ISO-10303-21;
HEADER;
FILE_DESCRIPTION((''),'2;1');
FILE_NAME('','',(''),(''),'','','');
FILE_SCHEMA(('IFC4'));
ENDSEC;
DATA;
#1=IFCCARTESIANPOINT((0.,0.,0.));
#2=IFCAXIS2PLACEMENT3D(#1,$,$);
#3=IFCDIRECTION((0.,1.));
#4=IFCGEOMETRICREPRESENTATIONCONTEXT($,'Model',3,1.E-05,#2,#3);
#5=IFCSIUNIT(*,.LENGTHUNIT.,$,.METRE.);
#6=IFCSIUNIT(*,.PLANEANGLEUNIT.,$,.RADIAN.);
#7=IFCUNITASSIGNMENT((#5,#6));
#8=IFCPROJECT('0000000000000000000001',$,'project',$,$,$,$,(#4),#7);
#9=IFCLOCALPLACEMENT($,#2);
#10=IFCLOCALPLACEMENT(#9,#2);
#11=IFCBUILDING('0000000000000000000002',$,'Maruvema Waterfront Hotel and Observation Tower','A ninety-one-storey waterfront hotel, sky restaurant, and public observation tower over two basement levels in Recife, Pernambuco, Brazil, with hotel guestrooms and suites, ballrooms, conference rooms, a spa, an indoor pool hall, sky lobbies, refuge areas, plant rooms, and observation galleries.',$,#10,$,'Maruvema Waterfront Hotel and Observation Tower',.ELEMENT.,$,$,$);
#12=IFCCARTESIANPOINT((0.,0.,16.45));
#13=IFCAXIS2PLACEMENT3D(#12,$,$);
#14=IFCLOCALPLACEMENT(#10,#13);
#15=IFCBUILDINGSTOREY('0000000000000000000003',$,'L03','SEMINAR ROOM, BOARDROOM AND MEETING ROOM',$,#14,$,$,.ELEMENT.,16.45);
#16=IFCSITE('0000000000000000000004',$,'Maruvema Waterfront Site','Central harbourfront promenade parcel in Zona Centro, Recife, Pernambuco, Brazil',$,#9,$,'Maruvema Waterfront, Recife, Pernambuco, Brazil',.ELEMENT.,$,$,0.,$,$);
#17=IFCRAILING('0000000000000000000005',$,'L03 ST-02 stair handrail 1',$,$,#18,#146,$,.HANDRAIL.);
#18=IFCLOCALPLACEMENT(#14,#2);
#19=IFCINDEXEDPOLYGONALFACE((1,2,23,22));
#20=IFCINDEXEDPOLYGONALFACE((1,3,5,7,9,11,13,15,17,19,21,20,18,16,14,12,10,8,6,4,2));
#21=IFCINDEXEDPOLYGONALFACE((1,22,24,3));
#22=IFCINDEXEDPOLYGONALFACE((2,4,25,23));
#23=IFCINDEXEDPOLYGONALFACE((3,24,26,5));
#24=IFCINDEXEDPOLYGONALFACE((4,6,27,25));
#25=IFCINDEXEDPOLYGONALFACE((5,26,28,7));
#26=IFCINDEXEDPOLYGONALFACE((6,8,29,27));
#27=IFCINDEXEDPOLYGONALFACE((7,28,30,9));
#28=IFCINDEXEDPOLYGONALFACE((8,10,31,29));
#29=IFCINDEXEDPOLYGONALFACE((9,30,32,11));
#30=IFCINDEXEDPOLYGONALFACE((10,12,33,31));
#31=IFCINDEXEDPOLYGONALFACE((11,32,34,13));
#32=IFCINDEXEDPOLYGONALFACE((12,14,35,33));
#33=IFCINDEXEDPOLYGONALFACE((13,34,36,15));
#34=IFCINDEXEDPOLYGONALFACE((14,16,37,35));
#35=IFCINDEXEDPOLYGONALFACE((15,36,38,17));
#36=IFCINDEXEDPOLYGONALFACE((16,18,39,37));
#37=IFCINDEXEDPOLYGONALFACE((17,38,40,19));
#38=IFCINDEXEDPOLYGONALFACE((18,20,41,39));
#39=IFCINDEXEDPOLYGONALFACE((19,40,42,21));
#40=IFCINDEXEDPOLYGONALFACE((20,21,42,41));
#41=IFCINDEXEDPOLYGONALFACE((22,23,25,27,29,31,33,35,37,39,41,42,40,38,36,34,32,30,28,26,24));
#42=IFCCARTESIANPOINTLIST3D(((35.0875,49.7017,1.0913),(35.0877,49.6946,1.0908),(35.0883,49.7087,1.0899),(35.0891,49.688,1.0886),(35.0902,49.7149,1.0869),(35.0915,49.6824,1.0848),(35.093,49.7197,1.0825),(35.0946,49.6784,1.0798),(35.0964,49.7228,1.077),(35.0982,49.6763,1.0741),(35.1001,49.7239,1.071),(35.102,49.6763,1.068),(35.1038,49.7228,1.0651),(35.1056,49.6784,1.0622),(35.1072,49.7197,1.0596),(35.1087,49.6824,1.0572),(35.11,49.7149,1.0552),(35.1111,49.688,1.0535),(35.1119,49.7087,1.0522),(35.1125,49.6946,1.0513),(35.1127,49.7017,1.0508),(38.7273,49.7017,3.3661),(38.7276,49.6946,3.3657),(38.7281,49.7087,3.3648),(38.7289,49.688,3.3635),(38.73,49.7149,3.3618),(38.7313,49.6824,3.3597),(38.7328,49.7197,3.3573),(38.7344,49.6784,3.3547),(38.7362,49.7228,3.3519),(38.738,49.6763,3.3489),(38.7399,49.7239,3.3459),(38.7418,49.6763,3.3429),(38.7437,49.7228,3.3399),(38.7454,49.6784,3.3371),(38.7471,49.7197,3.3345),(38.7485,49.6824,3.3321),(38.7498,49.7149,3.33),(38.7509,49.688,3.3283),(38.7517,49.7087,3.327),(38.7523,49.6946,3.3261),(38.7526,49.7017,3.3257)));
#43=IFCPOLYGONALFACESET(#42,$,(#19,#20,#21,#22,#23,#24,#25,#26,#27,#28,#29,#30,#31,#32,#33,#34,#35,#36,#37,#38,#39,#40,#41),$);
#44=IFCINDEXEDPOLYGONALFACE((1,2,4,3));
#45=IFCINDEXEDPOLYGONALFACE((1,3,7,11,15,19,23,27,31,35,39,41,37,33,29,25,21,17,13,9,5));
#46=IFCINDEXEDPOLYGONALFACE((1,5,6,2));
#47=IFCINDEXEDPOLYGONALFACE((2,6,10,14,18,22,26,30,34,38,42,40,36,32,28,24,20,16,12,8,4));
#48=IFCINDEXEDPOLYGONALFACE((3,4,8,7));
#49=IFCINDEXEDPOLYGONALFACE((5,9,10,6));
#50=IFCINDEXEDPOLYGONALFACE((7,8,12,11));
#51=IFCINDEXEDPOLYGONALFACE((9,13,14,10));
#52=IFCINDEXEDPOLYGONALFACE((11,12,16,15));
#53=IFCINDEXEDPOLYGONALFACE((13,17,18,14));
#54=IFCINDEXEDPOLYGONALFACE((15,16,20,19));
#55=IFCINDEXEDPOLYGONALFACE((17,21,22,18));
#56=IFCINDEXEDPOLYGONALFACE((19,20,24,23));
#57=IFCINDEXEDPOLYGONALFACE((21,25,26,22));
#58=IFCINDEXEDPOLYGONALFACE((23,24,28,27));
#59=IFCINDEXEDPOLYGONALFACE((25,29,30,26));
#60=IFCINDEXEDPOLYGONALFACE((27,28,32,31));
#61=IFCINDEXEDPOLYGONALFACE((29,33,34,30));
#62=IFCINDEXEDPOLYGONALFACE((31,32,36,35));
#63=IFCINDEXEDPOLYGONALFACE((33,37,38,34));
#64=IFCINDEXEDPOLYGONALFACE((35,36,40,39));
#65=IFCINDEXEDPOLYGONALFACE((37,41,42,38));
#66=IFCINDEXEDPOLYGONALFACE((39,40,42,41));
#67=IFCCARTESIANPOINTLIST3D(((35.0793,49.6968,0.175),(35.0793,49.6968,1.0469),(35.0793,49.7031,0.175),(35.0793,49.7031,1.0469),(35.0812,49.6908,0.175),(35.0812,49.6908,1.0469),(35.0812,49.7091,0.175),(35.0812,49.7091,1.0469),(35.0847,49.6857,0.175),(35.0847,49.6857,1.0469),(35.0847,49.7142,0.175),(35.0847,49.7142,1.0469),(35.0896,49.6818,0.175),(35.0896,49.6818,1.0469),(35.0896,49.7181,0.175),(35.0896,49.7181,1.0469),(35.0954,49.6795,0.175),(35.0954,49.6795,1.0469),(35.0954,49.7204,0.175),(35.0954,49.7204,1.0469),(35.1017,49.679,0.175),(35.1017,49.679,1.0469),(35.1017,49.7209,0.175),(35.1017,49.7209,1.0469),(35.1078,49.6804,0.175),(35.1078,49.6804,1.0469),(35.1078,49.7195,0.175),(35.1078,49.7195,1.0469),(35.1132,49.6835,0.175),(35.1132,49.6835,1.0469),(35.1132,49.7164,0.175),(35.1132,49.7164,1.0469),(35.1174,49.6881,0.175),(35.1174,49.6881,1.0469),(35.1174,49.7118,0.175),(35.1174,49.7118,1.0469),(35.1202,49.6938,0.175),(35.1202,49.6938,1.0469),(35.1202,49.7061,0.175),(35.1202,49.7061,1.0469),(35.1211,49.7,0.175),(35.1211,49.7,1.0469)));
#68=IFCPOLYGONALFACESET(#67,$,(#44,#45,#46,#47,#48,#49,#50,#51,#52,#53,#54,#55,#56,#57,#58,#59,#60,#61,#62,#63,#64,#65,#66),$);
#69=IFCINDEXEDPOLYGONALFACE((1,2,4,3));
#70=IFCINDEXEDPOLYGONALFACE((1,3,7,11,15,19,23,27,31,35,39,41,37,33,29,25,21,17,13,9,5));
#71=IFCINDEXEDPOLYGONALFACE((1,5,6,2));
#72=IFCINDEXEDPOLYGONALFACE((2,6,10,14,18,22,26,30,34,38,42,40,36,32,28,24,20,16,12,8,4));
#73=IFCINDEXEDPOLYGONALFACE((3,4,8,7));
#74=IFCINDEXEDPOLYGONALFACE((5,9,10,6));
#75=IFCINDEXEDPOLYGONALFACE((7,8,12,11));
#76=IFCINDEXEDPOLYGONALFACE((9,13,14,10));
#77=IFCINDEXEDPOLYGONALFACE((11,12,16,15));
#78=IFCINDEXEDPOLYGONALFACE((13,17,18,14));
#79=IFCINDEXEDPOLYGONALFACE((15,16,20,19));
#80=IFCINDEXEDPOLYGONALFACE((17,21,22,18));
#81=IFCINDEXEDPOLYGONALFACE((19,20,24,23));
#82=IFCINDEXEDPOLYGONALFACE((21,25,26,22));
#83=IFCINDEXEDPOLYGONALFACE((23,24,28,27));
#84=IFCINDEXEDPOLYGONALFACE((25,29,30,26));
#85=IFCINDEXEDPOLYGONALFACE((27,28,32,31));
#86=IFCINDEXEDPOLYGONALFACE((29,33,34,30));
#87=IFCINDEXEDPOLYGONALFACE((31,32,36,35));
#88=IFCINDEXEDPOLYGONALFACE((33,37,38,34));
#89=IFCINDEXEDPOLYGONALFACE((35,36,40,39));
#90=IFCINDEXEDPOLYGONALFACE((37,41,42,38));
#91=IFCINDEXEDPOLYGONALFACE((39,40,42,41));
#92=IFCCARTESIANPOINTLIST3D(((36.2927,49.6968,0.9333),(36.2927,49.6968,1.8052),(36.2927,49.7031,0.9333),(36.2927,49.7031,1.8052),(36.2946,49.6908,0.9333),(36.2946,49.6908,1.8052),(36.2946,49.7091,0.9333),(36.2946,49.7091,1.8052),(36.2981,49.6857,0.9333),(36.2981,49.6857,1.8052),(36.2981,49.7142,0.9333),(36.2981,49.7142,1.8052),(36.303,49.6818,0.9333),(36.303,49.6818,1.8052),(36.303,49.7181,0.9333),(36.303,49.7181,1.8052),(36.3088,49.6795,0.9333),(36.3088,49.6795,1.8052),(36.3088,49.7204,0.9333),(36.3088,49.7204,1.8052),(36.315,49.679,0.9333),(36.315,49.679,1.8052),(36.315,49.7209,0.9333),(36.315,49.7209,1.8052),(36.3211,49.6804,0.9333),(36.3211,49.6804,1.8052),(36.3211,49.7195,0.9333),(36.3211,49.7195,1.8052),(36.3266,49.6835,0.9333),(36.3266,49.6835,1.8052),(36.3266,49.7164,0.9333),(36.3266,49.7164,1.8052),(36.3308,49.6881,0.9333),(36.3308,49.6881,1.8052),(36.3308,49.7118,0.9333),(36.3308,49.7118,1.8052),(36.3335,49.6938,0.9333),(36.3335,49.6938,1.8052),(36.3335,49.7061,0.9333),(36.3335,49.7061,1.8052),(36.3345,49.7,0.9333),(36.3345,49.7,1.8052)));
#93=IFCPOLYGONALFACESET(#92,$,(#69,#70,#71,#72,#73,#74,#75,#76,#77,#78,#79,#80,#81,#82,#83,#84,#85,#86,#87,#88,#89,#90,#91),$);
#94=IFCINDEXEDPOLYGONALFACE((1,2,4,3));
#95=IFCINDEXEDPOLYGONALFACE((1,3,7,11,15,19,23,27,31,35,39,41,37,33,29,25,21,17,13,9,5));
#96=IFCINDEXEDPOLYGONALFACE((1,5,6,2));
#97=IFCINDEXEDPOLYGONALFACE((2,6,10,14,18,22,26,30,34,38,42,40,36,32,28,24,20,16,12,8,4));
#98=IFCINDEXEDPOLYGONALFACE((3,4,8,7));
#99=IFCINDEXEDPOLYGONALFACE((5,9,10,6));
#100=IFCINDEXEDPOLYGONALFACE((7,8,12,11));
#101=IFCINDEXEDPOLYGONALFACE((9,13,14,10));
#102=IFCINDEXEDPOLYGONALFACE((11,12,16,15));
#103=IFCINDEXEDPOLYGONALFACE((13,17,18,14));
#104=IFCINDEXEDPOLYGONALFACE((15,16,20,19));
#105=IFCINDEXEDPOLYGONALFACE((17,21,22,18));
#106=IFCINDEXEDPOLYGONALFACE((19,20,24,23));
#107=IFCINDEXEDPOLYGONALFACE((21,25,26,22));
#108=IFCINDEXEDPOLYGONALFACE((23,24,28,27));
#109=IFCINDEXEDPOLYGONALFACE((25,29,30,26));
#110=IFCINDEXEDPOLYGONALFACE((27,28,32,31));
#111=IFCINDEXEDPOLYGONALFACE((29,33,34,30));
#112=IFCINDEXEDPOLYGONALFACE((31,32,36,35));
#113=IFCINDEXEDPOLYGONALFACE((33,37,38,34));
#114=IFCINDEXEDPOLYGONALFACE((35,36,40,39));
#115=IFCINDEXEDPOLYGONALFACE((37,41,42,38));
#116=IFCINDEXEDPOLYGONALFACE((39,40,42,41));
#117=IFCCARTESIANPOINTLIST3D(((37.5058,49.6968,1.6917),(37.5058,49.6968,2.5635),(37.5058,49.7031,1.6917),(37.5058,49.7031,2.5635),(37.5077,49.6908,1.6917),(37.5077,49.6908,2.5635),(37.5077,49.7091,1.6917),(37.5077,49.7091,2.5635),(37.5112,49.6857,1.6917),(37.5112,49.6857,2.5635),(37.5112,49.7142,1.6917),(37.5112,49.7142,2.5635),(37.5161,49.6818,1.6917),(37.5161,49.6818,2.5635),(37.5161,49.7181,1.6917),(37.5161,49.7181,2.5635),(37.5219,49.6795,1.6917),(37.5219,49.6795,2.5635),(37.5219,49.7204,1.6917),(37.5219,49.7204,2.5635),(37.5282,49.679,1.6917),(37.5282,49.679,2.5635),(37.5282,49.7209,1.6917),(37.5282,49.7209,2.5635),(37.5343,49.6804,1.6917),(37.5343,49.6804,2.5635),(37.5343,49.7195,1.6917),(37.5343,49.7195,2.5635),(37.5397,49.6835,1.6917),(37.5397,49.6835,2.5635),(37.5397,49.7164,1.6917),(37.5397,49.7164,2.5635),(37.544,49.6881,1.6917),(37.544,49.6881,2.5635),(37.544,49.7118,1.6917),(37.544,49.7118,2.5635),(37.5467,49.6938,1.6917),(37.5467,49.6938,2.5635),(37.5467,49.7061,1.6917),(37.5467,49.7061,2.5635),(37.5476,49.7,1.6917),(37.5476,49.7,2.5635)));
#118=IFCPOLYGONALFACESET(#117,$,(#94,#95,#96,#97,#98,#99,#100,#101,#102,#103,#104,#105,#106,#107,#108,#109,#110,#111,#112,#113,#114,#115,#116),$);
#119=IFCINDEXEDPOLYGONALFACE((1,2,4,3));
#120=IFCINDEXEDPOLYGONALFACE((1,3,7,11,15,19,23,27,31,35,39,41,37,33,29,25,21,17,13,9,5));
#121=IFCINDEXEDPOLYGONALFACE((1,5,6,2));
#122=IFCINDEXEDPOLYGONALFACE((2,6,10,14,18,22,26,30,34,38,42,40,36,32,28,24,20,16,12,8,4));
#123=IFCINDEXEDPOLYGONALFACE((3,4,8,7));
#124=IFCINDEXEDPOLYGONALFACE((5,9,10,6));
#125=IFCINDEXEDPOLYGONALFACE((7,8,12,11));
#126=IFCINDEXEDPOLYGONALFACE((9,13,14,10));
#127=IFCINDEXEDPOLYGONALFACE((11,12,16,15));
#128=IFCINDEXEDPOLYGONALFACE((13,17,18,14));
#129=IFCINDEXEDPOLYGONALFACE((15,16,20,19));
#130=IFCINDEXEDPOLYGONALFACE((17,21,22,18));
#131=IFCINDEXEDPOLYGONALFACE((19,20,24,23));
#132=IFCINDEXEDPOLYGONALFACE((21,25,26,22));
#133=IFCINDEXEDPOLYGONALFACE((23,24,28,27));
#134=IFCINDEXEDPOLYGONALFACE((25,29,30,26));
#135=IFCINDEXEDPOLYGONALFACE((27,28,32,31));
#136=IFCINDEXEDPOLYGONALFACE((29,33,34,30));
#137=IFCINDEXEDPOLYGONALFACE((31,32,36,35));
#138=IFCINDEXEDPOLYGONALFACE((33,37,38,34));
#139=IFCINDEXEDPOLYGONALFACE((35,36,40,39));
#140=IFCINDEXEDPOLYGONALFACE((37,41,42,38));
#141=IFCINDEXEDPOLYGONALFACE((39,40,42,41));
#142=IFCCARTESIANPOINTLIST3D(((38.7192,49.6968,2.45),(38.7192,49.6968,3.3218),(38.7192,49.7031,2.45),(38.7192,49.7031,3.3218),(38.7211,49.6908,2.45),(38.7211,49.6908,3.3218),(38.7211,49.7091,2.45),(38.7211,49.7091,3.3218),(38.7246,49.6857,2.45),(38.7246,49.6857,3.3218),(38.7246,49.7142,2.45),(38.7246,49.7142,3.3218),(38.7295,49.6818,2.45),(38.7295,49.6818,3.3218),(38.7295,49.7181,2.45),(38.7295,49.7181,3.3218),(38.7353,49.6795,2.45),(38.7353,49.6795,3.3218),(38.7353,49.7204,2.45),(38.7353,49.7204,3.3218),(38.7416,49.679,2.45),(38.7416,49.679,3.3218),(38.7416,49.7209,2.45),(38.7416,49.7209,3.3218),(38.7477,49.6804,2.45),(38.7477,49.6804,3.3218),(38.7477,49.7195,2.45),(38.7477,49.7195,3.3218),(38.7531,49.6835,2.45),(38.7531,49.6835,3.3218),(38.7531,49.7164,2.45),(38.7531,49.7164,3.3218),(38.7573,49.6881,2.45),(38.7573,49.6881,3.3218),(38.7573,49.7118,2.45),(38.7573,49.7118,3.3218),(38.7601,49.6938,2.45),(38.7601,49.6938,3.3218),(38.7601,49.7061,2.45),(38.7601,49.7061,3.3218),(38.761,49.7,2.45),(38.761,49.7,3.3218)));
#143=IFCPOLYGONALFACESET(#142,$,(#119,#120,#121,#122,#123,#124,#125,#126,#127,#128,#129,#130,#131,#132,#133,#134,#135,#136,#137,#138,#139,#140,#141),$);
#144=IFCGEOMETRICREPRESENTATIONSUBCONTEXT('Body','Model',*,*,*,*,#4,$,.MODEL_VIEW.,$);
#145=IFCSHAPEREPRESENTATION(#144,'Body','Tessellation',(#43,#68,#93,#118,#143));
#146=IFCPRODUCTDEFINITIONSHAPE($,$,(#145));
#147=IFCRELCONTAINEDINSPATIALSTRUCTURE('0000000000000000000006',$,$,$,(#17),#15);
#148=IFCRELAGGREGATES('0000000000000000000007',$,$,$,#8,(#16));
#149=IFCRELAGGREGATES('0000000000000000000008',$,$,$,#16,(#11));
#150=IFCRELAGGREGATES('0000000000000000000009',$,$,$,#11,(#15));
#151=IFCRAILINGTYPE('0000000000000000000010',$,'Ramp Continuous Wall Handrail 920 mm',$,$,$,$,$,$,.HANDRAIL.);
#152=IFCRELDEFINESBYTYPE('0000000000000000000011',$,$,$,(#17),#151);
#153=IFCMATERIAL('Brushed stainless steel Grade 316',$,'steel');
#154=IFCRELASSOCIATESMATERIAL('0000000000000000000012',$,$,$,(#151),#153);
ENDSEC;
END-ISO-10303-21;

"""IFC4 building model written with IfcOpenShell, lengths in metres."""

from ifc_helpers import new_model, si_unit, direction, frame, origin, origin_2d, place, context, subcontext, project, spatial, circle, extrude, material, type_object, element, save


model = new_model("IFC4")

# Units and contexts
model_context = context("Model", 3, precision=1e-05, world=origin(), true_north=direction((0.0, 1.0)))
body_context = subcontext(model_context, "Body", "Model", "MODEL_VIEW")
ifc_project = project(units=[si_unit("LENGTHUNIT", "METRE"), si_unit("PLANEANGLEUNIT", "RADIAN")], contexts=[model_context])

# Site, building, storey
site_placement = place(None, origin())
site = spatial("IfcSite", under=ifc_project, at=site_placement, Name="Maruvema Waterfront Site", Description="Central harbourfront promenade parcel in Zona Centro, Recife, Pernambuco, Brazil", LongName="Maruvema Waterfront, Recife, Pernambuco, Brazil", CompositionType="ELEMENT", RefElevation=0.0)
building_placement = place(site_placement, origin())
building = spatial("IfcBuilding", under=site, at=building_placement, Name="Maruvema Waterfront Hotel and Observation Tower", Description="A ninety-one-storey waterfront hotel, sky restaurant, and public observation tower over two basement levels in Recife, Pernambuco, Brazil, with hotel guestrooms and suites, ballrooms, conference rooms, a spa, an indoor pool hall, sky lobbies, refuge areas, plant rooms, and observation galleries.", LongName="Maruvema Waterfront Hotel and Observation Tower", CompositionType="ELEMENT")
storey_placement = place(building_placement, frame((0.0, 0.0, 16.45)))
storey = spatial("IfcBuildingStorey", under=building, at=storey_placement, Name="L03", Description="SEMINAR ROOM, BOARDROOM AND MEETING ROOM", CompositionType="ELEMENT", Elevation=16.45)

# Railing
ifc_material_1 = material(Name="Brushed stainless steel Grade 316", Category="steel")
railing_type_1 = type_object("IfcRailingType", Name="Ramp Continuous Wall Handrail 920 mm", PredefinedType="HANDRAIL", material=ifc_material_1)
railing_1_placement = place(storey_placement, frame((35.1001, 49.7, 0.175)))
element("IfcRailing", 1, at=railing_1_placement, inside=storey, type_object=railing_type_1, Name="L03 ST-02 stair handrail 1", PredefinedType="HANDRAIL", context=body_context, shape_type="SweptSolid", body=[
    extrude(circle(Radius=0.0239, at=origin_2d()), frame((0.0, 0.0, 0.896), z_axis=(0.848001, 0.0, 0.529994), x_axis=(0.0, 1.0, 0.0)), (0.0, 0.0, 1.0), 4.2922),
    extrude(circle(Radius=0.021, at=origin_2d()), origin(), (0.0, 0.0, 1.0), 0.8718),
    extrude(circle(Radius=0.021, at=origin_2d()), frame((1.2134, 0.0, 0.7583)), (0.0, 0.0, 1.0), 0.8718),
    extrude(circle(Radius=0.021, at=origin_2d()), frame((2.4265, 0.0, 1.5166)), (0.0, 0.0, 1.0), 0.8718),
    extrude(circle(Radius=0.021, at=origin_2d()), frame((3.6399, 0.0, 2.2749)), (0.0, 0.0, 1.0), 0.8718),
])

save(model, "model.ifc")
